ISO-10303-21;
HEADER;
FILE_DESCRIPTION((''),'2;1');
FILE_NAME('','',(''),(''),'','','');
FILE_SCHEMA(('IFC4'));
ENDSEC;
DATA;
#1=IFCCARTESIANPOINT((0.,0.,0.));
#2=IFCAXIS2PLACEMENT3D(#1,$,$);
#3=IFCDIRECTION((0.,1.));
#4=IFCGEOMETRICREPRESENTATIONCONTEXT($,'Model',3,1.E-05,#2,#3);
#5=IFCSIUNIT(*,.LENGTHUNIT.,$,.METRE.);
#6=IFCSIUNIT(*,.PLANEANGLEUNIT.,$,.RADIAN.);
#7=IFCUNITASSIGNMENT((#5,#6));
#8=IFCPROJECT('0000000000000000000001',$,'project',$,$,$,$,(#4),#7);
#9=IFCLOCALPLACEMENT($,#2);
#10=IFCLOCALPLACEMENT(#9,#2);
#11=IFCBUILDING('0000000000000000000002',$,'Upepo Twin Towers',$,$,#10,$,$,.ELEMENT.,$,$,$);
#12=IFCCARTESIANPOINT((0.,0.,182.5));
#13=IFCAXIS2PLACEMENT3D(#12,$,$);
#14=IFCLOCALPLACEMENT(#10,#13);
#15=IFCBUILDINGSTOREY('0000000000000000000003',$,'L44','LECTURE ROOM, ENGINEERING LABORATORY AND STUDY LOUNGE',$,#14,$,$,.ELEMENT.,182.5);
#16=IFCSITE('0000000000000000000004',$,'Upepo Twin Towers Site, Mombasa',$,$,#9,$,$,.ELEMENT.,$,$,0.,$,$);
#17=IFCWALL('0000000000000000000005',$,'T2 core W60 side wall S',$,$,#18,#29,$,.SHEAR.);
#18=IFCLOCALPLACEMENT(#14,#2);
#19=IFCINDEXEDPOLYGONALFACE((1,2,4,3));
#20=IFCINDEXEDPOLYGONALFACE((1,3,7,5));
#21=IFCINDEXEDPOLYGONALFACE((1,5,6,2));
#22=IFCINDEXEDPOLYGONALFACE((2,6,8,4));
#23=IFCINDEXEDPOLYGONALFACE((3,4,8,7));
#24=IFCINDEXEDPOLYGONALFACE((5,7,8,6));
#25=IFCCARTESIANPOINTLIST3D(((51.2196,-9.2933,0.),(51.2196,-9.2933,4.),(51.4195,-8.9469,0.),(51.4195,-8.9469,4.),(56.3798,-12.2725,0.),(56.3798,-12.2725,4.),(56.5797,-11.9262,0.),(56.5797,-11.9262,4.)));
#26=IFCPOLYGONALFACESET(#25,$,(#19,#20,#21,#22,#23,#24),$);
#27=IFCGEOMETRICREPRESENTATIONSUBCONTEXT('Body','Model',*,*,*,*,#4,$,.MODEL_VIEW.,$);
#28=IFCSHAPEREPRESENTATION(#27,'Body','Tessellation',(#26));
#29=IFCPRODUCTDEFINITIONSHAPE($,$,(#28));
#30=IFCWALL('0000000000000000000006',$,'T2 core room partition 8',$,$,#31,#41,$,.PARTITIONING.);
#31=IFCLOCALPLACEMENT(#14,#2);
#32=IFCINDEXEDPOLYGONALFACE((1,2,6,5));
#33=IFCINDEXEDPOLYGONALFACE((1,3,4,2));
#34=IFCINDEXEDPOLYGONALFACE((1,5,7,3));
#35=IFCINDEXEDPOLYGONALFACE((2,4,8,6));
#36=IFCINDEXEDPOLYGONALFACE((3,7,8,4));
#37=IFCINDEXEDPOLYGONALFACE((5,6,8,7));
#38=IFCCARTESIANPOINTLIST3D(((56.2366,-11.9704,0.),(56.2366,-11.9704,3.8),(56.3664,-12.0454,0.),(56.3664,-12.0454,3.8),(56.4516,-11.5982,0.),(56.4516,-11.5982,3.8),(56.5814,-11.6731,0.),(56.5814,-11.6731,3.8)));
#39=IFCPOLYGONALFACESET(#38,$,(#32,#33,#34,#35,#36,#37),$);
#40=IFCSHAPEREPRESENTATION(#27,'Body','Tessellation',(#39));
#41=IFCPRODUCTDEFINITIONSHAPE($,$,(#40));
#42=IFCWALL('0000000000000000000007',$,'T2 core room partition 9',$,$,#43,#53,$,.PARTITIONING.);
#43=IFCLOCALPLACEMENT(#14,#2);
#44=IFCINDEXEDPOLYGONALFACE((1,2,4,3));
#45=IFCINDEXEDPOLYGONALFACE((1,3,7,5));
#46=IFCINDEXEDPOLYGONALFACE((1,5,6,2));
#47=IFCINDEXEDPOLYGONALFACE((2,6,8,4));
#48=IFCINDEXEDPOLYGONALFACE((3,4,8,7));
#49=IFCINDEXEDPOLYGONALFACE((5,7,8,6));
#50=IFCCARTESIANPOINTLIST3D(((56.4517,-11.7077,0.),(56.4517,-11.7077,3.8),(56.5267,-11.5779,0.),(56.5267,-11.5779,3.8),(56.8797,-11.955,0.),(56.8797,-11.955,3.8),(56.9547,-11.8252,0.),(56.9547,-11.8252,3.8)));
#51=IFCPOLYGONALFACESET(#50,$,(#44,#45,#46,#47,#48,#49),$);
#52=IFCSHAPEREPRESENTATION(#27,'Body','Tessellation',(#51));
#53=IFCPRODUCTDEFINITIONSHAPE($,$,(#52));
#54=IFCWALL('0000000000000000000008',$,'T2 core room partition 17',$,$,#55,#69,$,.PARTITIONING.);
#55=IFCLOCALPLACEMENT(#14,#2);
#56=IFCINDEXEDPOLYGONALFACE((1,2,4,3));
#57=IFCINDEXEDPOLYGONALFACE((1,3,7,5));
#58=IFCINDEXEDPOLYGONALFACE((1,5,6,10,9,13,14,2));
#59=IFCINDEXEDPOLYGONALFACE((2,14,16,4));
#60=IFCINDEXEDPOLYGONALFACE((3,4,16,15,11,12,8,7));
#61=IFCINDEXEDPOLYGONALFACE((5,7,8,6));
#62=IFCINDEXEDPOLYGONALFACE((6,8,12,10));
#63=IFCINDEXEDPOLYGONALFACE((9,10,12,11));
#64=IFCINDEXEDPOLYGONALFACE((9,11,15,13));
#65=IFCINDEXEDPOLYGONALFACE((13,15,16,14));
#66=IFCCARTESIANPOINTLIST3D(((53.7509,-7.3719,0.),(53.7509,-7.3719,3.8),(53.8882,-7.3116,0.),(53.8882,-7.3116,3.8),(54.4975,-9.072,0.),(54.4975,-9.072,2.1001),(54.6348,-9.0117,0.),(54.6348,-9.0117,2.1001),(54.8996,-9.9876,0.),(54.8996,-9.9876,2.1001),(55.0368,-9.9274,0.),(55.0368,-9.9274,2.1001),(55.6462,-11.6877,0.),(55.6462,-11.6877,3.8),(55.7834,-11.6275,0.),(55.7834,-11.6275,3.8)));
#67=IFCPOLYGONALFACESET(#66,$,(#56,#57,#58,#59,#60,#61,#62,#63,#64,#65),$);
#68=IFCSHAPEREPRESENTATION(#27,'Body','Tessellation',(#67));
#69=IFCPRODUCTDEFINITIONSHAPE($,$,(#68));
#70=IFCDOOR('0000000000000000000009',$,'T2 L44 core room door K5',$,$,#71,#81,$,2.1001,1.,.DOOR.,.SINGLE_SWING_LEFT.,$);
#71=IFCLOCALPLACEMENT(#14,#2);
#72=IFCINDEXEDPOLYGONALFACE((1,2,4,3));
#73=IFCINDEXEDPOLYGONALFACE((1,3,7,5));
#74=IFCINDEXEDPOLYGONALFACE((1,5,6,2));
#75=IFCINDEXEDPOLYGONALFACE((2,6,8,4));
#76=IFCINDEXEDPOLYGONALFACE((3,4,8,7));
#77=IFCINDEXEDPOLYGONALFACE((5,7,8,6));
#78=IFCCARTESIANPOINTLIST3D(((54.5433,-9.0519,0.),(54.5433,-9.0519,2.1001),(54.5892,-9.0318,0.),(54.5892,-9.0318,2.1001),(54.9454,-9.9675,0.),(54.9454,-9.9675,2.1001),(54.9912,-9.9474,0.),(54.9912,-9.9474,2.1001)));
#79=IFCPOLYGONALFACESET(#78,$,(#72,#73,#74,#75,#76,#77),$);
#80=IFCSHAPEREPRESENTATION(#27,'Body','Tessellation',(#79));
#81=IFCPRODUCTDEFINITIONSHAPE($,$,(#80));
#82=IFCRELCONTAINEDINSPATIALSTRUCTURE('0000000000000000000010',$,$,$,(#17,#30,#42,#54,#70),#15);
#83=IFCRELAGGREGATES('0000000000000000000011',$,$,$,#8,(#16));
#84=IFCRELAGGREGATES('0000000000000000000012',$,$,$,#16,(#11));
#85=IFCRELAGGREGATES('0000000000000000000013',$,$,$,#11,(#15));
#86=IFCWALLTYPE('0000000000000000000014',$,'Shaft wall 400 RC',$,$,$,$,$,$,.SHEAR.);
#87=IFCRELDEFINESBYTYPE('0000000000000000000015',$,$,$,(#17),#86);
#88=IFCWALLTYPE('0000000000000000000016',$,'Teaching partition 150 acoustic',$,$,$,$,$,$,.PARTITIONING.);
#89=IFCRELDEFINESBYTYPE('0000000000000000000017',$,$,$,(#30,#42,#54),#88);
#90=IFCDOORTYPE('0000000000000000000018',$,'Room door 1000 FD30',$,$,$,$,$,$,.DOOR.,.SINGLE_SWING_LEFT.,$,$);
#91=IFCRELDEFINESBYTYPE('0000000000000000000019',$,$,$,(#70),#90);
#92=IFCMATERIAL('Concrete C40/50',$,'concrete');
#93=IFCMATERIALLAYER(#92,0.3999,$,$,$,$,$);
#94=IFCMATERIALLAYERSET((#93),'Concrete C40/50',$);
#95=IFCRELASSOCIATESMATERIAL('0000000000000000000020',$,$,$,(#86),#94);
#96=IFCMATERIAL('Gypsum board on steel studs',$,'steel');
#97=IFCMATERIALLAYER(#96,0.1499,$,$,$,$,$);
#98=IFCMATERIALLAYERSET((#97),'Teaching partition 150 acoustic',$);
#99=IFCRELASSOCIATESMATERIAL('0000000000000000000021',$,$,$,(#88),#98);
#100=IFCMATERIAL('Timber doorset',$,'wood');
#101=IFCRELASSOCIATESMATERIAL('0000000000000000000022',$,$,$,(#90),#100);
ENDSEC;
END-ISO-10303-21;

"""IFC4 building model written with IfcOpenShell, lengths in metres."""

from ifc_helpers import new_model, si_unit, direction, frame, frame_2d, origin, place, context, subcontext, project, spatial, rectangle, extrude, material, layer, layer_set, type_object, element, fill, save


model = new_model("IFC4")

# Units and contexts
model_context = context("Model", 3, precision=1e-05, world=origin(), true_north=direction((0.0, 1.0)))
body_context = subcontext(model_context, "Body", "Model", "MODEL_VIEW")
ifc_project = project(units=[si_unit("LENGTHUNIT", "METRE"), si_unit("PLANEANGLEUNIT", "RADIAN")], contexts=[model_context])

# Site, building, storey
site_placement = place(None, origin())
site = spatial("IfcSite", under=ifc_project, at=site_placement, Name="Upepo Twin Towers Site, Mombasa", CompositionType="ELEMENT", RefElevation=0.0)
building_placement = place(site_placement, origin())
building = spatial("IfcBuilding", under=site, at=building_placement, Name="Upepo Twin Towers", CompositionType="ELEMENT")
storey_placement = place(building_placement, frame((0.0, 0.0, 182.5)))
storey = spatial("IfcBuildingStorey", under=building, at=storey_placement, Name="L44", Description="LECTURE ROOM, ENGINEERING LABORATORY AND STUDY LOUNGE", CompositionType="ELEMENT", Elevation=182.5)

# Walls
ifc_material_1 = material(Name="Concrete C40/50", Category="concrete")
ifc_layer_1 = layer(ifc_material_1, 0.3999)
ifc_layer_set_1 = layer_set([ifc_layer_1], Name="Concrete C40/50")
wall_type_1 = type_object("IfcWallType", Name="Shaft wall 400 RC", PredefinedType="SHEAR", material=ifc_layer_set_1)
wall_1_placement = place(storey_placement, frame((56.4797, -12.0994, 0.0), z_axis=(0.0, 0.0, 1.0), x_axis=(-0.866023, 0.500004, 0.0)))
element("IfcWall", 1, at=wall_1_placement, inside=storey, type_object=wall_type_1, Name="T2 core W60 side wall S", PredefinedType="SHEAR", context=body_context, shape_type="SweptSolid", body=[
    extrude(rectangle(XDim=5.9585, YDim=0.3999, at=frame_2d((2.9792, 0.0))), origin(), (0.0, 0.0, 1.0), 4.0),
])
ifc_material_2 = material(Name="Gypsum board on steel studs", Category="steel")
ifc_layer_2 = layer(ifc_material_2, 0.1499)
ifc_layer_set_2 = layer_set([ifc_layer_2], Name="Teaching partition 150 acoustic")
wall_type_2 = type_object("IfcWallType", Name="Teaching partition 150 acoustic", PredefinedType="PARTITIONING", material=ifc_layer_set_2)
wall_2_placement = place(storey_placement, frame((56.3015, -12.0078, 0.0), z_axis=(0.0, 0.0, 1.0), x_axis=(0.50023, 0.865892, 0.0)))
element("IfcWall", 2, at=wall_2_placement, inside=storey, type_object=wall_type_2, Name="T2 core room partition 8", PredefinedType="PARTITIONING", context=body_context, shape_type="SweptSolid", body=[
    extrude(rectangle(XDim=0.4299, YDim=0.1499, at=frame_2d((0.2148, 0.0))), origin(), (0.0, 0.0, 1.0), 3.8),
])
wall_3_placement = place(storey_placement, frame((56.4893, -11.6428, 0.0), z_axis=(0.0, 0.0, 1.0), x_axis=(0.865832, -0.500335, 0.0)))
element("IfcWall", 3, at=wall_3_placement, inside=storey, type_object=wall_type_2, Name="T2 core room partition 9", PredefinedType="PARTITIONING", context=body_context, shape_type="SweptSolid", body=[
    extrude(rectangle(XDim=0.4944, YDim=0.1499, at=frame_2d((0.2471, 0.0))), origin(), (0.0, 0.0, 1.0), 3.8),
])

# Wall, opening, door
wall_4_placement = place(storey_placement, frame((55.7148, -11.6577, 0.0), z_axis=(0.0, 0.0, 1.0), x_axis=(-0.402074, 0.915607, 0.0)))
wall_4 = element("IfcWall", 4, at=wall_4_placement, inside=storey, type_object=wall_type_2, Name="T2 core room partition 17", PredefinedType="PARTITIONING", context=body_context, shape_type="SweptSolid", body=[
    extrude(rectangle(XDim=4.7136, YDim=0.1499, at=frame_2d((2.3569, 0.0))), origin(), (0.0, 0.0, 1.0), 3.8),
])
opening_1_placement = place(wall_4_placement, frame((1.8569, 0.0, 0.0)))
opening_1 = element("IfcOpeningElement", 5, at=opening_1_placement, cuts=wall_4, PredefinedType="OPENING", context=body_context, shape_type="SweptSolid", body=[
    extrude(rectangle(XDim=1.0, YDim=2.1001, at=frame_2d((0.5, 1.05))), frame((0.0, 0.085, 0.0), z_axis=(0.0, -1.0, 0.0), x_axis=(1.0, 0.0, 0.0)), (0.0, 0.0, 1.0), 0.1699),
])
ifc_material_3 = material(Name="Timber doorset", Category="wood")
door_type_1 = type_object("IfcDoorType", Name="Room door 1000 FD30", OperationType="SINGLE_SWING_LEFT", PredefinedType="DOOR", material=ifc_material_3)
door_1_placement = place(opening_1_placement, origin())
door_1 = element("IfcDoor", 6, at=door_1_placement, inside=storey, type_object=door_type_1, Name="T2 L44 core room door K5", OperationType="SINGLE_SWING_LEFT", OverallHeight=2.1001, OverallWidth=1.0, PredefinedType="DOOR", context=body_context, shape_type="SweptSolid", body=[
    extrude(rectangle(XDim=1.0, YDim=2.1001, at=frame_2d((0.5, 1.05))), frame((0.0, 0.0249, 0.0), z_axis=(0.0, -1.0, 0.0), x_axis=(1.0, 0.0, 0.0)), (0.0, 0.0, 1.0), 0.05),
])
fill(opening_1, door_1)

save(model, "model.ifc")
